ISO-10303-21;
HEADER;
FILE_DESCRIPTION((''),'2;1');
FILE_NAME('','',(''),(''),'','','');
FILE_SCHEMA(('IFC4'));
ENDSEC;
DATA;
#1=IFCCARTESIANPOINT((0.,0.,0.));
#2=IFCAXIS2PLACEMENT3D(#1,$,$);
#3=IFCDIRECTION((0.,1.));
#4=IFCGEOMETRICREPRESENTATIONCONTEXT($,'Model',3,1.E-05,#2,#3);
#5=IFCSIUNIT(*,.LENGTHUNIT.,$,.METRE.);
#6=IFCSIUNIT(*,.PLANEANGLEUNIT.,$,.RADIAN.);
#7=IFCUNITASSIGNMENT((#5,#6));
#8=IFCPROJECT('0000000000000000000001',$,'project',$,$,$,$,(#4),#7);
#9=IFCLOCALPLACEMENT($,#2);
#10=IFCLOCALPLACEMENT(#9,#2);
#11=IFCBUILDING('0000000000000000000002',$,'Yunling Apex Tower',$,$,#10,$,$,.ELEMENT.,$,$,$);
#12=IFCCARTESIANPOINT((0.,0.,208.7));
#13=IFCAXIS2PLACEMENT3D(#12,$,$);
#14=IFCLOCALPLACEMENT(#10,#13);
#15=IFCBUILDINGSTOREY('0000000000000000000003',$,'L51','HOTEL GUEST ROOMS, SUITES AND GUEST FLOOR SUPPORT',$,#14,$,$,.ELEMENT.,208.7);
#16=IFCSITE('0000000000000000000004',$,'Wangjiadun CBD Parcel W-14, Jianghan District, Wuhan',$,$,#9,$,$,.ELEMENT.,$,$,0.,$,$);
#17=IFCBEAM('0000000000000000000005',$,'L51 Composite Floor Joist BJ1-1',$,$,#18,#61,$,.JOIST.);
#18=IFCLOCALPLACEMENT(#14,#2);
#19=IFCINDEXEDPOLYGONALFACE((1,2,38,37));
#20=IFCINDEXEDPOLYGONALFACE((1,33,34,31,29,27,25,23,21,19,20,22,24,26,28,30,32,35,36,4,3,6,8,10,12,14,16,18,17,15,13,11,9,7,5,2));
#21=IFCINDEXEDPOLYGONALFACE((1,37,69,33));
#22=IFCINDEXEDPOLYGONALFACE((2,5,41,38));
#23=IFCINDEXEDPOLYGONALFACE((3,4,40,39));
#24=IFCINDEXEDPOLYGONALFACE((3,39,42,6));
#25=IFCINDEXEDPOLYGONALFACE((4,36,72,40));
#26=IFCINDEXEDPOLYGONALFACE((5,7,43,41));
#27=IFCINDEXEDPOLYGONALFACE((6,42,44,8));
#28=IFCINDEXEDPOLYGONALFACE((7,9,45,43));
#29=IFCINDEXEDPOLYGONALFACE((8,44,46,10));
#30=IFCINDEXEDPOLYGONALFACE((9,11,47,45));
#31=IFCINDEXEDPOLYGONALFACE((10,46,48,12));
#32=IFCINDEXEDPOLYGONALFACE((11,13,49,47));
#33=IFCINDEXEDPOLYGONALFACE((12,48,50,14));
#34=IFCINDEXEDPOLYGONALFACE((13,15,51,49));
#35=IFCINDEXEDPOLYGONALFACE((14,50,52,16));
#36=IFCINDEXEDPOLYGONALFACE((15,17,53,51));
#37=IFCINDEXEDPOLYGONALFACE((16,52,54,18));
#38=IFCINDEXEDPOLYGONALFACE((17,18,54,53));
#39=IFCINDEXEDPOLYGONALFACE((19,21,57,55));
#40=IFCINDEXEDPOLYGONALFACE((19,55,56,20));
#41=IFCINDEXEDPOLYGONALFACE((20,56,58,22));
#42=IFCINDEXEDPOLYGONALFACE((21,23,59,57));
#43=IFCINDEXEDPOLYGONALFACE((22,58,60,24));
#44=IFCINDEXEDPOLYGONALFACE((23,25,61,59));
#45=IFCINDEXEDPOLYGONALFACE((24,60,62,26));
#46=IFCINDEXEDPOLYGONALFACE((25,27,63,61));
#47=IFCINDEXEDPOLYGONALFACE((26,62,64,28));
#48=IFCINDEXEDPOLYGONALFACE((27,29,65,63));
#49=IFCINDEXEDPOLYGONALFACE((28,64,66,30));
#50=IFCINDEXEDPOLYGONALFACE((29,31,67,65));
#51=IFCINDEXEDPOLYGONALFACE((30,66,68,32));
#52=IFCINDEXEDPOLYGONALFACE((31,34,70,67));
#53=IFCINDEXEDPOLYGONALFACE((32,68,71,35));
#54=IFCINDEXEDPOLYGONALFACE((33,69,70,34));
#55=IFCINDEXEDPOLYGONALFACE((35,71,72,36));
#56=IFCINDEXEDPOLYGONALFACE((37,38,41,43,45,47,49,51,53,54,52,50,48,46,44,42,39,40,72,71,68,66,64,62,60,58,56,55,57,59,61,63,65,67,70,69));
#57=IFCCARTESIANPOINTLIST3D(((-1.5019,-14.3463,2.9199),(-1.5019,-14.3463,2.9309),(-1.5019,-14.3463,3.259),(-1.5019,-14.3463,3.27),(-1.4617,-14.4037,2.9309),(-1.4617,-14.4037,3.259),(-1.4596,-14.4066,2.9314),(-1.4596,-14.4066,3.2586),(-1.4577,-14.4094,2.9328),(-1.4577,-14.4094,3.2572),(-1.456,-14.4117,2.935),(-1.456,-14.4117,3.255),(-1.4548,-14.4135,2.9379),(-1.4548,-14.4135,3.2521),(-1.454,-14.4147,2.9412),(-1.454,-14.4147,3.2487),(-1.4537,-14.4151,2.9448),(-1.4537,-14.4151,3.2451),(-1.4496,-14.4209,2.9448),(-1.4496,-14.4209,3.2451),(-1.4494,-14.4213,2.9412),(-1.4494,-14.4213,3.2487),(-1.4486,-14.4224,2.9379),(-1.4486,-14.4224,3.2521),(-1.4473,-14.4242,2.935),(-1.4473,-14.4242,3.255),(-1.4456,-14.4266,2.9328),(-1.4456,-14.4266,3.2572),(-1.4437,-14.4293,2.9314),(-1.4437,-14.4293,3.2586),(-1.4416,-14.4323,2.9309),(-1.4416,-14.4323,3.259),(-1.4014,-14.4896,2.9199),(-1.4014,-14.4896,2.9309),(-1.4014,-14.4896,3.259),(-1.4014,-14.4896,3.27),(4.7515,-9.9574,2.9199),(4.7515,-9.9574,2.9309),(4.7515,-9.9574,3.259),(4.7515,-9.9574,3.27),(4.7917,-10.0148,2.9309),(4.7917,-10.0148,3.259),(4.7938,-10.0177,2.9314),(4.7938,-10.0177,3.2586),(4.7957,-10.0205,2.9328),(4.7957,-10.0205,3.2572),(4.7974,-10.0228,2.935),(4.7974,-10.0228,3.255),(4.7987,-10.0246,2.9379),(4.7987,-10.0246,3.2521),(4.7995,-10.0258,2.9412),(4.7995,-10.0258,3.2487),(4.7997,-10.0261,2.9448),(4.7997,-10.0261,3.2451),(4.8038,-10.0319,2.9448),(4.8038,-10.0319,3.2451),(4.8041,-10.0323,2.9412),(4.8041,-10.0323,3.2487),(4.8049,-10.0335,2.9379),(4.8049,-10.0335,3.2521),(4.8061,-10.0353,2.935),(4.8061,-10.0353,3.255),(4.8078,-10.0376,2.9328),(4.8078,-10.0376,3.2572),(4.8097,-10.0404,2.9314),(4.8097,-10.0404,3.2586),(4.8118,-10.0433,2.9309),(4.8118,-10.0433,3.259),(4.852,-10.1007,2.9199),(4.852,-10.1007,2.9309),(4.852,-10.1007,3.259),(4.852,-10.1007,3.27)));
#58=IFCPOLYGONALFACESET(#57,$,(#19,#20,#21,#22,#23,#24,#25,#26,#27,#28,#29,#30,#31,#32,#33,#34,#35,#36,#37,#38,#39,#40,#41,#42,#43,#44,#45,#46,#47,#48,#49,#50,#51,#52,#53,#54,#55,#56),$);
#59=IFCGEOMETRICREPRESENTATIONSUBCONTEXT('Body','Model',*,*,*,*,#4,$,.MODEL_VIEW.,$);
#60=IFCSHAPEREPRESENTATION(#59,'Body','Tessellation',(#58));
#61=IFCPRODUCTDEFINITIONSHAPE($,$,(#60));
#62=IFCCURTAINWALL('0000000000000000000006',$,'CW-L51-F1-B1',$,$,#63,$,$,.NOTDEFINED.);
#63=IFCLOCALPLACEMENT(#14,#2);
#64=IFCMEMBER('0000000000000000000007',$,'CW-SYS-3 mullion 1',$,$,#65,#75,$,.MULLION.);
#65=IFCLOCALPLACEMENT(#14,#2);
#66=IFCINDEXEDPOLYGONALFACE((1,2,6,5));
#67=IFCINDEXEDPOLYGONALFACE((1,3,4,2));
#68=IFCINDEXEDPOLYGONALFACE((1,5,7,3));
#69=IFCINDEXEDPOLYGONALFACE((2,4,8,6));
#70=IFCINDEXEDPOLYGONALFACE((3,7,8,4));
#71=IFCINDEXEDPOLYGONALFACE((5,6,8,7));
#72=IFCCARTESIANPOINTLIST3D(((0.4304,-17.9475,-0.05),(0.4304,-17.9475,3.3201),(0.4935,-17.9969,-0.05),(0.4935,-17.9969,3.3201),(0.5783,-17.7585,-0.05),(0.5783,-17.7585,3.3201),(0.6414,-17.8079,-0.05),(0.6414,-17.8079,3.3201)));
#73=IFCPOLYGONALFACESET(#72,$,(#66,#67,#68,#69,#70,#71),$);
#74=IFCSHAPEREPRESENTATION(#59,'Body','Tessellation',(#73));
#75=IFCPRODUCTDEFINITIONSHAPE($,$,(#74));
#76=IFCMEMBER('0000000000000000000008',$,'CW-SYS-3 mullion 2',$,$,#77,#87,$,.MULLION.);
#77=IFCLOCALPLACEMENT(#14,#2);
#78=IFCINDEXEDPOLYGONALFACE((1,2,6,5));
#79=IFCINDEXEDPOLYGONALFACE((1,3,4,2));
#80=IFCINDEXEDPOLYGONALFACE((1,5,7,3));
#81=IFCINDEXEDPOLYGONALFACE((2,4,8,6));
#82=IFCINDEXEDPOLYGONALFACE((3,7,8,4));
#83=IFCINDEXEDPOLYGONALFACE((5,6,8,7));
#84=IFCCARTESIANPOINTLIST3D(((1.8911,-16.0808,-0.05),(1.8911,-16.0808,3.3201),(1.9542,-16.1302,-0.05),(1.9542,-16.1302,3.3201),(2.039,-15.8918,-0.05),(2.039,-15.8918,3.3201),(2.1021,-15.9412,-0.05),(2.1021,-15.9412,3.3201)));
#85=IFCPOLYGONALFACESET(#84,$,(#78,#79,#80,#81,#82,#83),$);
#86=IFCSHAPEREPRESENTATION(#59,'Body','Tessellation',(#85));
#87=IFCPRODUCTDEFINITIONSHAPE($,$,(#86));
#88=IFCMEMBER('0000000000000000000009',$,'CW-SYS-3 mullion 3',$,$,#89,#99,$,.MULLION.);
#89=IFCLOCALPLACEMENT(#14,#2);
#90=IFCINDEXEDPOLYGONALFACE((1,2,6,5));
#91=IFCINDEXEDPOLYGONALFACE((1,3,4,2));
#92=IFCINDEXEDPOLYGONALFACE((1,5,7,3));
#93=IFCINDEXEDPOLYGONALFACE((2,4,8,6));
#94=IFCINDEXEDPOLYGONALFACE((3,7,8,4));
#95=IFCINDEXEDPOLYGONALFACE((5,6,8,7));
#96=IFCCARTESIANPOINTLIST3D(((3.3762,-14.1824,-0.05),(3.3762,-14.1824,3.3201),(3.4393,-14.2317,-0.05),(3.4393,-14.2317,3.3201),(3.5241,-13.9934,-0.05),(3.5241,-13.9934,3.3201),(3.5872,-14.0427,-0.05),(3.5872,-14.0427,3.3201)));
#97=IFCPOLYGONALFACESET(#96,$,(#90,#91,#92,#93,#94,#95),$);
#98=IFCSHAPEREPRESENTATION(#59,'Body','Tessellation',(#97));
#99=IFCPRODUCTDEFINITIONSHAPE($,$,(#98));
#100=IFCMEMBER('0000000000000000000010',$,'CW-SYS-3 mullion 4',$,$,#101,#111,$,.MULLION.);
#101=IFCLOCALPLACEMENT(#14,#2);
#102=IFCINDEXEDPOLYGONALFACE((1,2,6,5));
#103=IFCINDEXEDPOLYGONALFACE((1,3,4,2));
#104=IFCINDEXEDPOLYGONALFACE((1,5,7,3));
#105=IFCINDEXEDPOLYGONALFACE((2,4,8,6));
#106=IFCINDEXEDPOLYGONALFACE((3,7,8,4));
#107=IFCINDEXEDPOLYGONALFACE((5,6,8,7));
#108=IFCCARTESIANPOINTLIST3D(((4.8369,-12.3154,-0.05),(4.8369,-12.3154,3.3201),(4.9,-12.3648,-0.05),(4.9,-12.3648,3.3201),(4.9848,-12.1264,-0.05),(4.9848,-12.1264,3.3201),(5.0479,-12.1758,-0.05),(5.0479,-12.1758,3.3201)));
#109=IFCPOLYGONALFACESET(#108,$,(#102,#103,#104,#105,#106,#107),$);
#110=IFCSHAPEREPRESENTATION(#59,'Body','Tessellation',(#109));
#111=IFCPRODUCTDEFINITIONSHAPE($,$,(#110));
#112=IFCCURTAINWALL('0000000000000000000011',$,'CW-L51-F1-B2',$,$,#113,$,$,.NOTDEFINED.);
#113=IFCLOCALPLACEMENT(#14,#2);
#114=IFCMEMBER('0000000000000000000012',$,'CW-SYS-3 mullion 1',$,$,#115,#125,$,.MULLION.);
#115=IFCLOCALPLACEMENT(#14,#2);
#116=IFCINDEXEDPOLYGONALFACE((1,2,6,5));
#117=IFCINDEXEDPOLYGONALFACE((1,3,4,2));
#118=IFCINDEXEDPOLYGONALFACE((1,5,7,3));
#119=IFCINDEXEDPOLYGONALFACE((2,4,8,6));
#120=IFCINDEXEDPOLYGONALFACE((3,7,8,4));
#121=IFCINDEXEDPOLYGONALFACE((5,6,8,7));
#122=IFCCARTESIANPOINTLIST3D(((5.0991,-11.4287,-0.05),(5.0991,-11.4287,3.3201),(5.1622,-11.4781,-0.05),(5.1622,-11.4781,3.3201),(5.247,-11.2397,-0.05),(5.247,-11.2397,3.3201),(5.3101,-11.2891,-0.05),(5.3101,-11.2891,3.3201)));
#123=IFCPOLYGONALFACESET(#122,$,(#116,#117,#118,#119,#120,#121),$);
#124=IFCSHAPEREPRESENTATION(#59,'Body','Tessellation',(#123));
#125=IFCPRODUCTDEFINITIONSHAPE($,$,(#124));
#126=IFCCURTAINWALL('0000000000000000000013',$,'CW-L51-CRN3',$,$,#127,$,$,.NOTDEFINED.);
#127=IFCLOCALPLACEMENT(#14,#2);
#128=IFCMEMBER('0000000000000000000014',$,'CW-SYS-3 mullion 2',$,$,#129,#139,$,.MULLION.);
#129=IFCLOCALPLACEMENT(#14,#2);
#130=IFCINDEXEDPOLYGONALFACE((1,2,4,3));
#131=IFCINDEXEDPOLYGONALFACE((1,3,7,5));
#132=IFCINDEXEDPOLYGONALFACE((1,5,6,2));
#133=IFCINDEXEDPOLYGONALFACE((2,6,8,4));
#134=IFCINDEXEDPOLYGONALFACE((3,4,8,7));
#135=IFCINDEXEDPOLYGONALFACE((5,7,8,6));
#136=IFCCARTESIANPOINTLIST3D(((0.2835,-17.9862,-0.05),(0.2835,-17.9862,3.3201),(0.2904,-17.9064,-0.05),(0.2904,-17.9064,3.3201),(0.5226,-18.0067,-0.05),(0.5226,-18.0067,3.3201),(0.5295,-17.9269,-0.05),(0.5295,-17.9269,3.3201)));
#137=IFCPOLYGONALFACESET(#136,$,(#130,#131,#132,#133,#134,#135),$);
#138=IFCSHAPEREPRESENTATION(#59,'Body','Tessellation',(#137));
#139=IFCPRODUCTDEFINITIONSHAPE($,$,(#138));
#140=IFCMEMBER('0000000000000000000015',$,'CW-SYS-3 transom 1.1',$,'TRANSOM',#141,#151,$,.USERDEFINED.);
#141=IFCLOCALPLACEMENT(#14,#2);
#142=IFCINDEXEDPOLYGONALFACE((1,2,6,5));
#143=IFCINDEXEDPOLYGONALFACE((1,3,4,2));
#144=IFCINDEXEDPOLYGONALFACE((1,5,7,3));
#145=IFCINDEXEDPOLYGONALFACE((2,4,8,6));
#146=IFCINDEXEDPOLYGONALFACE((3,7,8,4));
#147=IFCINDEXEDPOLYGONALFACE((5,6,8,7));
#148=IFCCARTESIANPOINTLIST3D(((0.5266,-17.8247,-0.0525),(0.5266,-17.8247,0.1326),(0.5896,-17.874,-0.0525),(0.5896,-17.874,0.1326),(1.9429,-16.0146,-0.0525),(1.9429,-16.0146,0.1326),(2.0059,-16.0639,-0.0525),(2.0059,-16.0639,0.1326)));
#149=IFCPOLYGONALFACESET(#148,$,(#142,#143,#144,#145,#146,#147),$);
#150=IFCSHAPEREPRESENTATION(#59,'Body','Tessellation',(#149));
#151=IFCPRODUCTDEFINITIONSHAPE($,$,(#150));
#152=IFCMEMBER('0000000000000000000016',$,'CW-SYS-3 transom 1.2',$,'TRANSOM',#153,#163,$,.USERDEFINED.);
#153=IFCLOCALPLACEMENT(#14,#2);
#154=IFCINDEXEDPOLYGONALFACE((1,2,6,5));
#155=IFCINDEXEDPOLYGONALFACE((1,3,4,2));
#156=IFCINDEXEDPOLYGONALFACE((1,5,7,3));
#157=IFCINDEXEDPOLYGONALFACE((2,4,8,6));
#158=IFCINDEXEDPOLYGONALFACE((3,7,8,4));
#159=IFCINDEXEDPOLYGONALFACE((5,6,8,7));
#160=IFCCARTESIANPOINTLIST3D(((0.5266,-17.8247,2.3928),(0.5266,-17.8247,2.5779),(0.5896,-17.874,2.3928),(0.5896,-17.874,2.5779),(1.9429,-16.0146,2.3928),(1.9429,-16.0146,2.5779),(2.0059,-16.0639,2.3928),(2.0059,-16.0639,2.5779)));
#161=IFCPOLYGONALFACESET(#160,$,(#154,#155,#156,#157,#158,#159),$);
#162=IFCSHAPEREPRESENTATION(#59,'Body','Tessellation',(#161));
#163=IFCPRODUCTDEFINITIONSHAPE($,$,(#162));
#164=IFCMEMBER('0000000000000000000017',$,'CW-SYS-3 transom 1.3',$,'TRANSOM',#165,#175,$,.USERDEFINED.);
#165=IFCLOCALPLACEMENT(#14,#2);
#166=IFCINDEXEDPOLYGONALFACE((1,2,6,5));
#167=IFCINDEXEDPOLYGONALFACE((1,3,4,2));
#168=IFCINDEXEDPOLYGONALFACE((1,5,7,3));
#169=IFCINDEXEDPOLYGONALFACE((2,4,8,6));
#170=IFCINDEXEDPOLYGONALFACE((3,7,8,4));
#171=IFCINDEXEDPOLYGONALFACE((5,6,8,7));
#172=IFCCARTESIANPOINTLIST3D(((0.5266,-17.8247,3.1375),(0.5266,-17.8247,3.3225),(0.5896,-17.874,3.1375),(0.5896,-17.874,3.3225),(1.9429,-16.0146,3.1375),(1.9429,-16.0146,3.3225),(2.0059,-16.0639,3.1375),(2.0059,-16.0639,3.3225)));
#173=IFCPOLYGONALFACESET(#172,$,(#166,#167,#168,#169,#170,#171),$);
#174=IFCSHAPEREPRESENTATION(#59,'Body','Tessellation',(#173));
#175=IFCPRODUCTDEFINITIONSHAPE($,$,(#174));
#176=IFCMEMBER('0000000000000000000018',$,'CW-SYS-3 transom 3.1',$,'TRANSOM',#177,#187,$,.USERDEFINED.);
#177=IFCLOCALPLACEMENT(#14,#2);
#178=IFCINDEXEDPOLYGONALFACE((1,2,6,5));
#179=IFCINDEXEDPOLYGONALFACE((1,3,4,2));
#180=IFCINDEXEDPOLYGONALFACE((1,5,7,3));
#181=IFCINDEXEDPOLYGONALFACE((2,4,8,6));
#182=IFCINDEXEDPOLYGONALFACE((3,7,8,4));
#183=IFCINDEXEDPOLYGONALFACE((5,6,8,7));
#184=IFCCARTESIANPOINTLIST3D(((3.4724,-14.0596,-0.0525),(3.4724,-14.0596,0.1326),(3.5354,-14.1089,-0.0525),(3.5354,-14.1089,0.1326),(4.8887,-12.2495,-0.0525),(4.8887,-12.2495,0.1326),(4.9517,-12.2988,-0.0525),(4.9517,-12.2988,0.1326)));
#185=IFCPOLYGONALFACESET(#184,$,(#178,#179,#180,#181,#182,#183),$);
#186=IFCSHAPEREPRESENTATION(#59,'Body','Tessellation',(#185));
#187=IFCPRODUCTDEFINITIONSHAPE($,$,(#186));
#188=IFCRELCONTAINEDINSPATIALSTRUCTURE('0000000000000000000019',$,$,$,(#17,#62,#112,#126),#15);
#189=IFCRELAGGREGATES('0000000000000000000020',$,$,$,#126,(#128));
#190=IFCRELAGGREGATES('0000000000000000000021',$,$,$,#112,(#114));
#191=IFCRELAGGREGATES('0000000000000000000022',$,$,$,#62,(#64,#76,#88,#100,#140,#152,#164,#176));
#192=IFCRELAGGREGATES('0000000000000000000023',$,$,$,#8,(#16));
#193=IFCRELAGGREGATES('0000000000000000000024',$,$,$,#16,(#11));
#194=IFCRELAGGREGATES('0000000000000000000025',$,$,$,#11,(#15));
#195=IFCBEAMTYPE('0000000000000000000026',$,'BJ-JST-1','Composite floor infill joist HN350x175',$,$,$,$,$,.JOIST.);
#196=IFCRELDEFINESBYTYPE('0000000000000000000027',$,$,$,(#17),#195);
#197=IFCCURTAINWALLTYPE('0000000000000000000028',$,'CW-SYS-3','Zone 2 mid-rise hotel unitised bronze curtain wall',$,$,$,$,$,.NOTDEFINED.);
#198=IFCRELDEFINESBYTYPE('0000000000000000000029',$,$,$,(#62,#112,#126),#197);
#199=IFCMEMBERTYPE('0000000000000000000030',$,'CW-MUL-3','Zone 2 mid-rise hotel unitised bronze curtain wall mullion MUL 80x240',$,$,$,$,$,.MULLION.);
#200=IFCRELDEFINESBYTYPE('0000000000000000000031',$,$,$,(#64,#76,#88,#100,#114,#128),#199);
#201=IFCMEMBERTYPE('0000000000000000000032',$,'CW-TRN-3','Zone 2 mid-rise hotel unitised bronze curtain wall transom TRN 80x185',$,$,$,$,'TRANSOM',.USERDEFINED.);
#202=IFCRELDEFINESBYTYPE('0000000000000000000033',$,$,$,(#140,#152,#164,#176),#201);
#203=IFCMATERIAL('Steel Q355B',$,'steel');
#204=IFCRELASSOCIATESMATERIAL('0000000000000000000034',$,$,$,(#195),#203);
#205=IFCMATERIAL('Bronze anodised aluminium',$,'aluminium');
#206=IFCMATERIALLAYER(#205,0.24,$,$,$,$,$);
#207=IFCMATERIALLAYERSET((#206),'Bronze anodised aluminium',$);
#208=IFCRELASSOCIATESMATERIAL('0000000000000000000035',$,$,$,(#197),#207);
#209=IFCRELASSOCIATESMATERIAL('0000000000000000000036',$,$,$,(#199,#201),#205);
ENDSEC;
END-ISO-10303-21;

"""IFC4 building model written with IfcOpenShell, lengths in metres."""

from ifc_helpers import new_model, si_unit, direction, frame, origin, origin_2d, place, context, subcontext, project, spatial, rectangle, i_section, extrude, source, transform, mapped, material, layer, layer_set, material_profile, profile_set, type_object, element, aggregate, save


model = new_model("IFC4")

# Units and contexts
model_context = context("Model", 3, precision=1e-05, world=origin(), true_north=direction((0.0, 1.0)))
body_context = subcontext(model_context, "Body", "Model", "MODEL_VIEW")
ifc_project = project(units=[si_unit("LENGTHUNIT", "METRE"), si_unit("PLANEANGLEUNIT", "RADIAN")], contexts=[model_context])

# Site, building, storey
site_placement = place(None, origin())
site = spatial("IfcSite", under=ifc_project, at=site_placement, Name="Wangjiadun CBD Parcel W-14, Jianghan District, Wuhan", CompositionType="ELEMENT", RefElevation=0.0)
building_placement = place(site_placement, origin())
building = spatial("IfcBuilding", under=site, at=building_placement, Name="Yunling Apex Tower", CompositionType="ELEMENT")
storey_placement = place(building_placement, frame((0.0, 0.0, 208.7)))
storey = spatial("IfcBuildingStorey", under=building, at=storey_placement, Name="L51", Description="HOTEL GUEST ROOMS, SUITES AND GUEST FLOOR SUPPORT", CompositionType="ELEMENT", Elevation=208.7)

# Beam
ifc_material_1 = material(Name="Steel Q355B", Category="steel")
ifc_material_profile_1 = material_profile(ifc_material_1, i_section(OverallWidth=0.175, OverallDepth=0.3501, WebThickness=0.0071, FlangeThickness=0.011, FilletRadius=0.0139, at=origin_2d()))
ifc_profile_set_1 = profile_set([ifc_material_profile_1], Name="Steel Q355B")
beam_type_1 = type_object("IfcBeamType", Name="BJ-JST-1", Description="Composite floor infill joist HN350x175", PredefinedType="JOIST", material=ifc_profile_set_1)
shared_shape_1 = source(origin(), body_context, "Body", "SweptSolid", [
    extrude(i_section(OverallWidth=0.175, OverallDepth=0.3501, WebThickness=0.0071, FlangeThickness=0.011, FilletRadius=0.0139, at=origin_2d()), origin(), (0.0, 0.0, 1.0), 7.6399),
])
beam_1_placement = place(storey_placement, frame((-1.4517, -14.418, 3.095), z_axis=(0.818523, 0.574474, 0.0), x_axis=(-0.574474, 0.818523, 0.0)))
element("IfcBeam", 1, at=beam_1_placement, inside=storey, type_object=beam_type_1, Name="L51 Composite Floor Joist BJ1-1", PredefinedType="JOIST", context=body_context, shape_type="MappedRepresentation", body=[
    mapped(shared_shape_1, transform((0.0, 0.0, 0.0), scale=1.0)),
])

# Curtain wall, members
ifc_material_2 = material(Name="Bronze anodised aluminium", Category="aluminium")
ifc_layer_1 = layer(ifc_material_2, 0.24)
ifc_layer_set_1 = layer_set([ifc_layer_1], Name="Bronze anodised aluminium")
curtain_wall_type = type_object("IfcCurtainWallType", Name="CW-SYS-3", Description="Zone 2 mid-rise hotel unitised bronze curtain wall", PredefinedType="NOTDEFINED", material=ifc_layer_set_1)
curtain_wall_1_placement = place(storey_placement, origin())
curtain_wall_1 = element("IfcCurtainWall", 2, at=curtain_wall_1_placement, inside=storey, type_object=curtain_wall_type, Name="CW-L51-F1-B1", PredefinedType="NOTDEFINED")
ifc_material_profile_2 = material_profile(ifc_material_2, rectangle(XDim=0.0801, YDim=0.24, at=origin_2d()))
ifc_profile_set_2 = profile_set([ifc_material_profile_2], Name="Bronze anodised aluminium")
member_type_1 = type_object("IfcMemberType", Name="CW-MUL-3", Description="Zone 2 mid-rise hotel unitised bronze curtain wall mullion MUL 80x240", PredefinedType="MULLION", material=ifc_profile_set_2)
shared_shape_2 = source(origin(), body_context, "Body", "SweptSolid", [
    extrude(rectangle(XDim=0.0801, YDim=0.24, at=origin_2d()), origin(), (0.0, 0.0, 1.0), 3.3701),
])
member_1_placement = place(storey_placement, frame((0.5359, -17.8777, -0.05), z_axis=(0.0, 0.0, 1.0), x_axis=(-0.787589, 0.6162, 0.0)))
member_1 = element("IfcMember", 3, at=member_1_placement, type_object=member_type_1, Name="CW-SYS-3 mullion 1", PredefinedType="MULLION", context=body_context, shape_type="MappedRepresentation", body=[
    mapped(shared_shape_2, transform((0.0, 0.0, 0.0), scale=1.0)),
])
member_2_placement = place(storey_placement, frame((1.9966, -16.011, -0.05), z_axis=(0.0, 0.0, 1.0), x_axis=(-0.787589, 0.6162, 0.0)))
member_2 = element("IfcMember", 4, at=member_2_placement, type_object=member_type_1, Name="CW-SYS-3 mullion 2", PredefinedType="MULLION", context=body_context, shape_type="MappedRepresentation", body=[
    mapped(shared_shape_2, transform((0.0, 0.0, 0.0), scale=1.0)),
])
member_3_placement = place(storey_placement, frame((3.4817, -14.1125, -0.05), z_axis=(0.0, 0.0, 1.0), x_axis=(-0.787589, 0.6162, 0.0)))
member_3 = element("IfcMember", 5, at=member_3_placement, type_object=member_type_1, Name="CW-SYS-3 mullion 3", PredefinedType="MULLION", context=body_context, shape_type="MappedRepresentation", body=[
    mapped(shared_shape_2, transform((0.0, 0.0, 0.0), scale=1.0)),
])
member_4_placement = place(storey_placement, frame((4.9424, -12.2456, -0.05), z_axis=(0.0, 0.0, 1.0), x_axis=(-0.787589, 0.6162, 0.0)))
member_4 = element("IfcMember", 6, at=member_4_placement, type_object=member_type_1, Name="CW-SYS-3 mullion 4", PredefinedType="MULLION", context=body_context, shape_type="MappedRepresentation", body=[
    mapped(shared_shape_2, transform((0.0, 0.0, 0.0), scale=1.0)),
])

# Curtain walls, members
curtain_wall_2_placement = place(storey_placement, origin())
curtain_wall_2 = element("IfcCurtainWall", 7, at=curtain_wall_2_placement, inside=storey, type_object=curtain_wall_type, Name="CW-L51-F1-B2", PredefinedType="NOTDEFINED")
member_5_placement = place(storey_placement, frame((5.2046, -11.3589, -0.05), z_axis=(0.0, 0.0, 1.0), x_axis=(-0.787576, 0.616217, 0.0)))
member_5 = element("IfcMember", 8, at=member_5_placement, type_object=member_type_1, Name="CW-SYS-3 mullion 1", PredefinedType="MULLION", context=body_context, shape_type="MappedRepresentation", body=[
    mapped(shared_shape_2, transform((0.0, 0.0, 0.0), scale=1.0)),
])
curtain_wall_3_placement = place(storey_placement, origin())
curtain_wall_3 = element("IfcCurtainWall", 9, at=curtain_wall_3_placement, inside=storey, type_object=curtain_wall_type, Name="CW-L51-CRN3", PredefinedType="NOTDEFINED")
member_6_placement = place(storey_placement, frame((0.4065, -17.9565, -0.05), z_axis=(0.0, 0.0, 1.0), x_axis=(0.085517, 0.996337, 0.0)))
member_6 = element("IfcMember", 10, at=member_6_placement, type_object=member_type_1, Name="CW-SYS-3 mullion 2", PredefinedType="MULLION", context=body_context, shape_type="MappedRepresentation", body=[
    mapped(shared_shape_2, transform((0.0, 0.0, 0.0), scale=1.0)),
])
aggregate(curtain_wall_3, [member_6])

# Members
ifc_material_profile_3 = material_profile(ifc_material_2, rectangle(XDim=0.0801, YDim=0.1851, at=origin_2d()))
ifc_profile_set_3 = profile_set([ifc_material_profile_3], Name="Bronze anodised aluminium")
member_type_2 = type_object("IfcMemberType", Name="CW-TRN-3", Description="Zone 2 mid-rise hotel unitised bronze curtain wall transom TRN 80x185", ElementType="TRANSOM", PredefinedType="USERDEFINED", material=ifc_profile_set_3)
shared_shape_3 = source(origin(), body_context, "Body", "SweptSolid", [
    extrude(rectangle(XDim=0.0801, YDim=0.1851, at=origin_2d()), origin(), (0.0, 0.0, 1.0), 2.2983),
])
member_7_placement = place(storey_placement, frame((0.5581, -17.8494, 0.04), z_axis=(0.616225, 0.78757, 0.0), x_axis=(-0.78757, 0.616225, 0.0)))
member_7 = element("IfcMember", 11, at=member_7_placement, type_object=member_type_2, Name="CW-SYS-3 transom 1.1", ObjectType="TRANSOM", PredefinedType="USERDEFINED", context=body_context, shape_type="MappedRepresentation", body=[
    mapped(shared_shape_3, transform((0.0, 0.0, 0.0), scale=1.0)),
])
member_8_placement = place(storey_placement, frame((0.5581, -17.8494, 2.4854), z_axis=(0.616225, 0.78757, 0.0), x_axis=(-0.78757, 0.616225, 0.0)))
member_8 = element("IfcMember", 12, at=member_8_placement, type_object=member_type_2, Name="CW-SYS-3 transom 1.2", ObjectType="TRANSOM", PredefinedType="USERDEFINED", context=body_context, shape_type="MappedRepresentation", body=[
    mapped(shared_shape_3, transform((0.0, 0.0, 0.0), scale=1.0)),
])
member_9_placement = place(storey_placement, frame((0.5581, -17.8494, 3.23), z_axis=(0.616225, 0.78757, 0.0), x_axis=(-0.78757, 0.616225, 0.0)))
member_9 = element("IfcMember", 13, at=member_9_placement, type_object=member_type_2, Name="CW-SYS-3 transom 1.3", ObjectType="TRANSOM", PredefinedType="USERDEFINED", context=body_context, shape_type="MappedRepresentation", body=[
    mapped(shared_shape_3, transform((0.0, 0.0, 0.0), scale=1.0)),
])
member_10_placement = place(storey_placement, frame((3.5039, -14.0842, 0.04), z_axis=(0.616225, 0.78757, 0.0), x_axis=(-0.78757, 0.616225, 0.0)))
member_10 = element("IfcMember", 14, at=member_10_placement, type_object=member_type_2, Name="CW-SYS-3 transom 3.1", ObjectType="TRANSOM", PredefinedType="USERDEFINED", context=body_context, shape_type="MappedRepresentation", body=[
    mapped(shared_shape_3, transform((0.0, 0.0, 0.0), scale=1.0)),
])
aggregate(curtain_wall_2, [member_5])

aggregate(curtain_wall_1, [member_1, member_2, member_3, member_4, member_7, member_8, member_9, member_10])

save(model, "model.ifc")
